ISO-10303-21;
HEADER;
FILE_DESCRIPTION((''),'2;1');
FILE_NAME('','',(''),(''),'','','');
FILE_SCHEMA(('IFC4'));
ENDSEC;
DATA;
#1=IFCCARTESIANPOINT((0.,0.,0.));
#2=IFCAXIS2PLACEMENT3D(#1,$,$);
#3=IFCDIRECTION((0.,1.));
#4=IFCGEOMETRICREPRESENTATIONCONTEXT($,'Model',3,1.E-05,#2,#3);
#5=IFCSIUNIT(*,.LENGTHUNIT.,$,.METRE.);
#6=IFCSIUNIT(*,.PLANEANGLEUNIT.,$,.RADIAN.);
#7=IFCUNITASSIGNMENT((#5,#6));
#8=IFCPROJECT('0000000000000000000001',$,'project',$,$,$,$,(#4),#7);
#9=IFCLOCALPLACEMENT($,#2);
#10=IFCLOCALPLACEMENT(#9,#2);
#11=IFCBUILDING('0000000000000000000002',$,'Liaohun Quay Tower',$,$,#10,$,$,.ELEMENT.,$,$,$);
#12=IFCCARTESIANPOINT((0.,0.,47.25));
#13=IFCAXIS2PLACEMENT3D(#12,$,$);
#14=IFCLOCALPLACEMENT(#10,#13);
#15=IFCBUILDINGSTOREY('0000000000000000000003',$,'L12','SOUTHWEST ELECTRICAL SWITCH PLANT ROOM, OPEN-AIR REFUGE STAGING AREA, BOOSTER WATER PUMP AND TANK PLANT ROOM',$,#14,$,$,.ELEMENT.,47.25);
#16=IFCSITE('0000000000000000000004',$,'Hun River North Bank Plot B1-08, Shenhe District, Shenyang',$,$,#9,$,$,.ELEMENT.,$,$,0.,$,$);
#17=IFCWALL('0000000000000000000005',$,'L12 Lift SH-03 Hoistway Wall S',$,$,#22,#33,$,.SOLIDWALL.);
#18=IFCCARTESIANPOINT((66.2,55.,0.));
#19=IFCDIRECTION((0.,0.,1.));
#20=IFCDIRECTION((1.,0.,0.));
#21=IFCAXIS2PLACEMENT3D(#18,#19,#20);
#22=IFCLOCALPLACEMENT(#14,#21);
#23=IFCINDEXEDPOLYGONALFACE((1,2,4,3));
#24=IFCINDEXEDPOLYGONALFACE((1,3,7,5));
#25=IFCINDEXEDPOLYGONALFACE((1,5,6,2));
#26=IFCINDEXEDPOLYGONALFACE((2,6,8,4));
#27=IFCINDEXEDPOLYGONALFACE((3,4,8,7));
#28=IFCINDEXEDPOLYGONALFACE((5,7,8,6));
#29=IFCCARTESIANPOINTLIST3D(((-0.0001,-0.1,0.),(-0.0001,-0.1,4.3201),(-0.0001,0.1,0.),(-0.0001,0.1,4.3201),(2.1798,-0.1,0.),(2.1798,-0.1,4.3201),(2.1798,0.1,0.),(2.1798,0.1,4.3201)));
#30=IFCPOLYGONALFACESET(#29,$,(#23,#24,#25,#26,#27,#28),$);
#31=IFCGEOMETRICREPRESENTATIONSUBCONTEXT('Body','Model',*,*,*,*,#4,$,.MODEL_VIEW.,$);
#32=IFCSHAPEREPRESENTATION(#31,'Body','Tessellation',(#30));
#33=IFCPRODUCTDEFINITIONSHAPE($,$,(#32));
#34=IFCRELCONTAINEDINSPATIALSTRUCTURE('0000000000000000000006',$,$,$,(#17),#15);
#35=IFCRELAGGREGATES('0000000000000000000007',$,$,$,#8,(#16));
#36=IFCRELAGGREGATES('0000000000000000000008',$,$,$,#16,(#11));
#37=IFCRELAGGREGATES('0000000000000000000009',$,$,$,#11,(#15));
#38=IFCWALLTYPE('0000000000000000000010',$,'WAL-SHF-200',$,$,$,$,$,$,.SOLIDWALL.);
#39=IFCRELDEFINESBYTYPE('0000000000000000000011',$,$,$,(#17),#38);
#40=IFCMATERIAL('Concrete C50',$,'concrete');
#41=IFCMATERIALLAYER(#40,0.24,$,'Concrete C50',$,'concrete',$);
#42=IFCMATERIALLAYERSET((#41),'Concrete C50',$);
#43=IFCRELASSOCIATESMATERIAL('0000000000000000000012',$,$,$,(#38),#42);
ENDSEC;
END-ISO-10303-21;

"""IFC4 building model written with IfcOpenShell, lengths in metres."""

from ifc_helpers import new_model, si_unit, direction, frame, frame_2d, origin, place, context, subcontext, project, spatial, rectangle, extrude, material, layer, layer_set, type_object, element, save


model = new_model("IFC4")

# Units and contexts
model_context = context("Model", 3, precision=1e-05, world=origin(), true_north=direction((0.0, 1.0)))
body_context = subcontext(model_context, "Body", "Model", "MODEL_VIEW")
ifc_project = project(units=[si_unit("LENGTHUNIT", "METRE"), si_unit("PLANEANGLEUNIT", "RADIAN")], contexts=[model_context])

# Site, building, storey
site_placement = place(None, origin())
site = spatial("IfcSite", under=ifc_project, at=site_placement, Name="Hun River North Bank Plot B1-08, Shenhe District, Shenyang", CompositionType="ELEMENT", RefElevation=0.0)
building_placement = place(site_placement, origin())
building = spatial("IfcBuilding", under=site, at=building_placement, Name="Liaohun Quay Tower", CompositionType="ELEMENT")
storey_placement = place(building_placement, frame((0.0, 0.0, 47.25)))
storey = spatial("IfcBuildingStorey", under=building, at=storey_placement, Name="L12", Description="SOUTHWEST ELECTRICAL SWITCH PLANT ROOM, OPEN-AIR REFUGE STAGING AREA, BOOSTER WATER PUMP AND TANK PLANT ROOM", CompositionType="ELEMENT", Elevation=47.25)

# Shared definitions
ifc_material_1 = material(Name="Concrete C50", Category="concrete")
ifc_layer_1 = layer(ifc_material_1, 0.24, Name="Concrete C50", Category="concrete")
ifc_layer_set_1 = layer_set([ifc_layer_1], Name="Concrete C50")
wall_type_1 = type_object("IfcWallType", Name="WAL-SHF-200", PredefinedType="SOLIDWALL", material=ifc_layer_set_1)

# Wall
wall_1_placement = place(storey_placement, frame((66.2, 55.0, 0.0), z_axis=(0.0, 0.0, 1.0), x_axis=(1.0, 0.0, 0.0)))
element("IfcWall", 1, at=wall_1_placement, inside=storey, type_object=wall_type_1, Name="L12 Lift SH-03 Hoistway Wall S", PredefinedType="SOLIDWALL", context=body_context, shape_type="SweptSolid", body=[
    extrude(rectangle(XDim=2.1799, YDim=0.2, at=frame_2d((1.0898, 0.0))), origin(), (0.0, 0.0, 1.0), 4.3201),
])

save(model, "model.ifc")
